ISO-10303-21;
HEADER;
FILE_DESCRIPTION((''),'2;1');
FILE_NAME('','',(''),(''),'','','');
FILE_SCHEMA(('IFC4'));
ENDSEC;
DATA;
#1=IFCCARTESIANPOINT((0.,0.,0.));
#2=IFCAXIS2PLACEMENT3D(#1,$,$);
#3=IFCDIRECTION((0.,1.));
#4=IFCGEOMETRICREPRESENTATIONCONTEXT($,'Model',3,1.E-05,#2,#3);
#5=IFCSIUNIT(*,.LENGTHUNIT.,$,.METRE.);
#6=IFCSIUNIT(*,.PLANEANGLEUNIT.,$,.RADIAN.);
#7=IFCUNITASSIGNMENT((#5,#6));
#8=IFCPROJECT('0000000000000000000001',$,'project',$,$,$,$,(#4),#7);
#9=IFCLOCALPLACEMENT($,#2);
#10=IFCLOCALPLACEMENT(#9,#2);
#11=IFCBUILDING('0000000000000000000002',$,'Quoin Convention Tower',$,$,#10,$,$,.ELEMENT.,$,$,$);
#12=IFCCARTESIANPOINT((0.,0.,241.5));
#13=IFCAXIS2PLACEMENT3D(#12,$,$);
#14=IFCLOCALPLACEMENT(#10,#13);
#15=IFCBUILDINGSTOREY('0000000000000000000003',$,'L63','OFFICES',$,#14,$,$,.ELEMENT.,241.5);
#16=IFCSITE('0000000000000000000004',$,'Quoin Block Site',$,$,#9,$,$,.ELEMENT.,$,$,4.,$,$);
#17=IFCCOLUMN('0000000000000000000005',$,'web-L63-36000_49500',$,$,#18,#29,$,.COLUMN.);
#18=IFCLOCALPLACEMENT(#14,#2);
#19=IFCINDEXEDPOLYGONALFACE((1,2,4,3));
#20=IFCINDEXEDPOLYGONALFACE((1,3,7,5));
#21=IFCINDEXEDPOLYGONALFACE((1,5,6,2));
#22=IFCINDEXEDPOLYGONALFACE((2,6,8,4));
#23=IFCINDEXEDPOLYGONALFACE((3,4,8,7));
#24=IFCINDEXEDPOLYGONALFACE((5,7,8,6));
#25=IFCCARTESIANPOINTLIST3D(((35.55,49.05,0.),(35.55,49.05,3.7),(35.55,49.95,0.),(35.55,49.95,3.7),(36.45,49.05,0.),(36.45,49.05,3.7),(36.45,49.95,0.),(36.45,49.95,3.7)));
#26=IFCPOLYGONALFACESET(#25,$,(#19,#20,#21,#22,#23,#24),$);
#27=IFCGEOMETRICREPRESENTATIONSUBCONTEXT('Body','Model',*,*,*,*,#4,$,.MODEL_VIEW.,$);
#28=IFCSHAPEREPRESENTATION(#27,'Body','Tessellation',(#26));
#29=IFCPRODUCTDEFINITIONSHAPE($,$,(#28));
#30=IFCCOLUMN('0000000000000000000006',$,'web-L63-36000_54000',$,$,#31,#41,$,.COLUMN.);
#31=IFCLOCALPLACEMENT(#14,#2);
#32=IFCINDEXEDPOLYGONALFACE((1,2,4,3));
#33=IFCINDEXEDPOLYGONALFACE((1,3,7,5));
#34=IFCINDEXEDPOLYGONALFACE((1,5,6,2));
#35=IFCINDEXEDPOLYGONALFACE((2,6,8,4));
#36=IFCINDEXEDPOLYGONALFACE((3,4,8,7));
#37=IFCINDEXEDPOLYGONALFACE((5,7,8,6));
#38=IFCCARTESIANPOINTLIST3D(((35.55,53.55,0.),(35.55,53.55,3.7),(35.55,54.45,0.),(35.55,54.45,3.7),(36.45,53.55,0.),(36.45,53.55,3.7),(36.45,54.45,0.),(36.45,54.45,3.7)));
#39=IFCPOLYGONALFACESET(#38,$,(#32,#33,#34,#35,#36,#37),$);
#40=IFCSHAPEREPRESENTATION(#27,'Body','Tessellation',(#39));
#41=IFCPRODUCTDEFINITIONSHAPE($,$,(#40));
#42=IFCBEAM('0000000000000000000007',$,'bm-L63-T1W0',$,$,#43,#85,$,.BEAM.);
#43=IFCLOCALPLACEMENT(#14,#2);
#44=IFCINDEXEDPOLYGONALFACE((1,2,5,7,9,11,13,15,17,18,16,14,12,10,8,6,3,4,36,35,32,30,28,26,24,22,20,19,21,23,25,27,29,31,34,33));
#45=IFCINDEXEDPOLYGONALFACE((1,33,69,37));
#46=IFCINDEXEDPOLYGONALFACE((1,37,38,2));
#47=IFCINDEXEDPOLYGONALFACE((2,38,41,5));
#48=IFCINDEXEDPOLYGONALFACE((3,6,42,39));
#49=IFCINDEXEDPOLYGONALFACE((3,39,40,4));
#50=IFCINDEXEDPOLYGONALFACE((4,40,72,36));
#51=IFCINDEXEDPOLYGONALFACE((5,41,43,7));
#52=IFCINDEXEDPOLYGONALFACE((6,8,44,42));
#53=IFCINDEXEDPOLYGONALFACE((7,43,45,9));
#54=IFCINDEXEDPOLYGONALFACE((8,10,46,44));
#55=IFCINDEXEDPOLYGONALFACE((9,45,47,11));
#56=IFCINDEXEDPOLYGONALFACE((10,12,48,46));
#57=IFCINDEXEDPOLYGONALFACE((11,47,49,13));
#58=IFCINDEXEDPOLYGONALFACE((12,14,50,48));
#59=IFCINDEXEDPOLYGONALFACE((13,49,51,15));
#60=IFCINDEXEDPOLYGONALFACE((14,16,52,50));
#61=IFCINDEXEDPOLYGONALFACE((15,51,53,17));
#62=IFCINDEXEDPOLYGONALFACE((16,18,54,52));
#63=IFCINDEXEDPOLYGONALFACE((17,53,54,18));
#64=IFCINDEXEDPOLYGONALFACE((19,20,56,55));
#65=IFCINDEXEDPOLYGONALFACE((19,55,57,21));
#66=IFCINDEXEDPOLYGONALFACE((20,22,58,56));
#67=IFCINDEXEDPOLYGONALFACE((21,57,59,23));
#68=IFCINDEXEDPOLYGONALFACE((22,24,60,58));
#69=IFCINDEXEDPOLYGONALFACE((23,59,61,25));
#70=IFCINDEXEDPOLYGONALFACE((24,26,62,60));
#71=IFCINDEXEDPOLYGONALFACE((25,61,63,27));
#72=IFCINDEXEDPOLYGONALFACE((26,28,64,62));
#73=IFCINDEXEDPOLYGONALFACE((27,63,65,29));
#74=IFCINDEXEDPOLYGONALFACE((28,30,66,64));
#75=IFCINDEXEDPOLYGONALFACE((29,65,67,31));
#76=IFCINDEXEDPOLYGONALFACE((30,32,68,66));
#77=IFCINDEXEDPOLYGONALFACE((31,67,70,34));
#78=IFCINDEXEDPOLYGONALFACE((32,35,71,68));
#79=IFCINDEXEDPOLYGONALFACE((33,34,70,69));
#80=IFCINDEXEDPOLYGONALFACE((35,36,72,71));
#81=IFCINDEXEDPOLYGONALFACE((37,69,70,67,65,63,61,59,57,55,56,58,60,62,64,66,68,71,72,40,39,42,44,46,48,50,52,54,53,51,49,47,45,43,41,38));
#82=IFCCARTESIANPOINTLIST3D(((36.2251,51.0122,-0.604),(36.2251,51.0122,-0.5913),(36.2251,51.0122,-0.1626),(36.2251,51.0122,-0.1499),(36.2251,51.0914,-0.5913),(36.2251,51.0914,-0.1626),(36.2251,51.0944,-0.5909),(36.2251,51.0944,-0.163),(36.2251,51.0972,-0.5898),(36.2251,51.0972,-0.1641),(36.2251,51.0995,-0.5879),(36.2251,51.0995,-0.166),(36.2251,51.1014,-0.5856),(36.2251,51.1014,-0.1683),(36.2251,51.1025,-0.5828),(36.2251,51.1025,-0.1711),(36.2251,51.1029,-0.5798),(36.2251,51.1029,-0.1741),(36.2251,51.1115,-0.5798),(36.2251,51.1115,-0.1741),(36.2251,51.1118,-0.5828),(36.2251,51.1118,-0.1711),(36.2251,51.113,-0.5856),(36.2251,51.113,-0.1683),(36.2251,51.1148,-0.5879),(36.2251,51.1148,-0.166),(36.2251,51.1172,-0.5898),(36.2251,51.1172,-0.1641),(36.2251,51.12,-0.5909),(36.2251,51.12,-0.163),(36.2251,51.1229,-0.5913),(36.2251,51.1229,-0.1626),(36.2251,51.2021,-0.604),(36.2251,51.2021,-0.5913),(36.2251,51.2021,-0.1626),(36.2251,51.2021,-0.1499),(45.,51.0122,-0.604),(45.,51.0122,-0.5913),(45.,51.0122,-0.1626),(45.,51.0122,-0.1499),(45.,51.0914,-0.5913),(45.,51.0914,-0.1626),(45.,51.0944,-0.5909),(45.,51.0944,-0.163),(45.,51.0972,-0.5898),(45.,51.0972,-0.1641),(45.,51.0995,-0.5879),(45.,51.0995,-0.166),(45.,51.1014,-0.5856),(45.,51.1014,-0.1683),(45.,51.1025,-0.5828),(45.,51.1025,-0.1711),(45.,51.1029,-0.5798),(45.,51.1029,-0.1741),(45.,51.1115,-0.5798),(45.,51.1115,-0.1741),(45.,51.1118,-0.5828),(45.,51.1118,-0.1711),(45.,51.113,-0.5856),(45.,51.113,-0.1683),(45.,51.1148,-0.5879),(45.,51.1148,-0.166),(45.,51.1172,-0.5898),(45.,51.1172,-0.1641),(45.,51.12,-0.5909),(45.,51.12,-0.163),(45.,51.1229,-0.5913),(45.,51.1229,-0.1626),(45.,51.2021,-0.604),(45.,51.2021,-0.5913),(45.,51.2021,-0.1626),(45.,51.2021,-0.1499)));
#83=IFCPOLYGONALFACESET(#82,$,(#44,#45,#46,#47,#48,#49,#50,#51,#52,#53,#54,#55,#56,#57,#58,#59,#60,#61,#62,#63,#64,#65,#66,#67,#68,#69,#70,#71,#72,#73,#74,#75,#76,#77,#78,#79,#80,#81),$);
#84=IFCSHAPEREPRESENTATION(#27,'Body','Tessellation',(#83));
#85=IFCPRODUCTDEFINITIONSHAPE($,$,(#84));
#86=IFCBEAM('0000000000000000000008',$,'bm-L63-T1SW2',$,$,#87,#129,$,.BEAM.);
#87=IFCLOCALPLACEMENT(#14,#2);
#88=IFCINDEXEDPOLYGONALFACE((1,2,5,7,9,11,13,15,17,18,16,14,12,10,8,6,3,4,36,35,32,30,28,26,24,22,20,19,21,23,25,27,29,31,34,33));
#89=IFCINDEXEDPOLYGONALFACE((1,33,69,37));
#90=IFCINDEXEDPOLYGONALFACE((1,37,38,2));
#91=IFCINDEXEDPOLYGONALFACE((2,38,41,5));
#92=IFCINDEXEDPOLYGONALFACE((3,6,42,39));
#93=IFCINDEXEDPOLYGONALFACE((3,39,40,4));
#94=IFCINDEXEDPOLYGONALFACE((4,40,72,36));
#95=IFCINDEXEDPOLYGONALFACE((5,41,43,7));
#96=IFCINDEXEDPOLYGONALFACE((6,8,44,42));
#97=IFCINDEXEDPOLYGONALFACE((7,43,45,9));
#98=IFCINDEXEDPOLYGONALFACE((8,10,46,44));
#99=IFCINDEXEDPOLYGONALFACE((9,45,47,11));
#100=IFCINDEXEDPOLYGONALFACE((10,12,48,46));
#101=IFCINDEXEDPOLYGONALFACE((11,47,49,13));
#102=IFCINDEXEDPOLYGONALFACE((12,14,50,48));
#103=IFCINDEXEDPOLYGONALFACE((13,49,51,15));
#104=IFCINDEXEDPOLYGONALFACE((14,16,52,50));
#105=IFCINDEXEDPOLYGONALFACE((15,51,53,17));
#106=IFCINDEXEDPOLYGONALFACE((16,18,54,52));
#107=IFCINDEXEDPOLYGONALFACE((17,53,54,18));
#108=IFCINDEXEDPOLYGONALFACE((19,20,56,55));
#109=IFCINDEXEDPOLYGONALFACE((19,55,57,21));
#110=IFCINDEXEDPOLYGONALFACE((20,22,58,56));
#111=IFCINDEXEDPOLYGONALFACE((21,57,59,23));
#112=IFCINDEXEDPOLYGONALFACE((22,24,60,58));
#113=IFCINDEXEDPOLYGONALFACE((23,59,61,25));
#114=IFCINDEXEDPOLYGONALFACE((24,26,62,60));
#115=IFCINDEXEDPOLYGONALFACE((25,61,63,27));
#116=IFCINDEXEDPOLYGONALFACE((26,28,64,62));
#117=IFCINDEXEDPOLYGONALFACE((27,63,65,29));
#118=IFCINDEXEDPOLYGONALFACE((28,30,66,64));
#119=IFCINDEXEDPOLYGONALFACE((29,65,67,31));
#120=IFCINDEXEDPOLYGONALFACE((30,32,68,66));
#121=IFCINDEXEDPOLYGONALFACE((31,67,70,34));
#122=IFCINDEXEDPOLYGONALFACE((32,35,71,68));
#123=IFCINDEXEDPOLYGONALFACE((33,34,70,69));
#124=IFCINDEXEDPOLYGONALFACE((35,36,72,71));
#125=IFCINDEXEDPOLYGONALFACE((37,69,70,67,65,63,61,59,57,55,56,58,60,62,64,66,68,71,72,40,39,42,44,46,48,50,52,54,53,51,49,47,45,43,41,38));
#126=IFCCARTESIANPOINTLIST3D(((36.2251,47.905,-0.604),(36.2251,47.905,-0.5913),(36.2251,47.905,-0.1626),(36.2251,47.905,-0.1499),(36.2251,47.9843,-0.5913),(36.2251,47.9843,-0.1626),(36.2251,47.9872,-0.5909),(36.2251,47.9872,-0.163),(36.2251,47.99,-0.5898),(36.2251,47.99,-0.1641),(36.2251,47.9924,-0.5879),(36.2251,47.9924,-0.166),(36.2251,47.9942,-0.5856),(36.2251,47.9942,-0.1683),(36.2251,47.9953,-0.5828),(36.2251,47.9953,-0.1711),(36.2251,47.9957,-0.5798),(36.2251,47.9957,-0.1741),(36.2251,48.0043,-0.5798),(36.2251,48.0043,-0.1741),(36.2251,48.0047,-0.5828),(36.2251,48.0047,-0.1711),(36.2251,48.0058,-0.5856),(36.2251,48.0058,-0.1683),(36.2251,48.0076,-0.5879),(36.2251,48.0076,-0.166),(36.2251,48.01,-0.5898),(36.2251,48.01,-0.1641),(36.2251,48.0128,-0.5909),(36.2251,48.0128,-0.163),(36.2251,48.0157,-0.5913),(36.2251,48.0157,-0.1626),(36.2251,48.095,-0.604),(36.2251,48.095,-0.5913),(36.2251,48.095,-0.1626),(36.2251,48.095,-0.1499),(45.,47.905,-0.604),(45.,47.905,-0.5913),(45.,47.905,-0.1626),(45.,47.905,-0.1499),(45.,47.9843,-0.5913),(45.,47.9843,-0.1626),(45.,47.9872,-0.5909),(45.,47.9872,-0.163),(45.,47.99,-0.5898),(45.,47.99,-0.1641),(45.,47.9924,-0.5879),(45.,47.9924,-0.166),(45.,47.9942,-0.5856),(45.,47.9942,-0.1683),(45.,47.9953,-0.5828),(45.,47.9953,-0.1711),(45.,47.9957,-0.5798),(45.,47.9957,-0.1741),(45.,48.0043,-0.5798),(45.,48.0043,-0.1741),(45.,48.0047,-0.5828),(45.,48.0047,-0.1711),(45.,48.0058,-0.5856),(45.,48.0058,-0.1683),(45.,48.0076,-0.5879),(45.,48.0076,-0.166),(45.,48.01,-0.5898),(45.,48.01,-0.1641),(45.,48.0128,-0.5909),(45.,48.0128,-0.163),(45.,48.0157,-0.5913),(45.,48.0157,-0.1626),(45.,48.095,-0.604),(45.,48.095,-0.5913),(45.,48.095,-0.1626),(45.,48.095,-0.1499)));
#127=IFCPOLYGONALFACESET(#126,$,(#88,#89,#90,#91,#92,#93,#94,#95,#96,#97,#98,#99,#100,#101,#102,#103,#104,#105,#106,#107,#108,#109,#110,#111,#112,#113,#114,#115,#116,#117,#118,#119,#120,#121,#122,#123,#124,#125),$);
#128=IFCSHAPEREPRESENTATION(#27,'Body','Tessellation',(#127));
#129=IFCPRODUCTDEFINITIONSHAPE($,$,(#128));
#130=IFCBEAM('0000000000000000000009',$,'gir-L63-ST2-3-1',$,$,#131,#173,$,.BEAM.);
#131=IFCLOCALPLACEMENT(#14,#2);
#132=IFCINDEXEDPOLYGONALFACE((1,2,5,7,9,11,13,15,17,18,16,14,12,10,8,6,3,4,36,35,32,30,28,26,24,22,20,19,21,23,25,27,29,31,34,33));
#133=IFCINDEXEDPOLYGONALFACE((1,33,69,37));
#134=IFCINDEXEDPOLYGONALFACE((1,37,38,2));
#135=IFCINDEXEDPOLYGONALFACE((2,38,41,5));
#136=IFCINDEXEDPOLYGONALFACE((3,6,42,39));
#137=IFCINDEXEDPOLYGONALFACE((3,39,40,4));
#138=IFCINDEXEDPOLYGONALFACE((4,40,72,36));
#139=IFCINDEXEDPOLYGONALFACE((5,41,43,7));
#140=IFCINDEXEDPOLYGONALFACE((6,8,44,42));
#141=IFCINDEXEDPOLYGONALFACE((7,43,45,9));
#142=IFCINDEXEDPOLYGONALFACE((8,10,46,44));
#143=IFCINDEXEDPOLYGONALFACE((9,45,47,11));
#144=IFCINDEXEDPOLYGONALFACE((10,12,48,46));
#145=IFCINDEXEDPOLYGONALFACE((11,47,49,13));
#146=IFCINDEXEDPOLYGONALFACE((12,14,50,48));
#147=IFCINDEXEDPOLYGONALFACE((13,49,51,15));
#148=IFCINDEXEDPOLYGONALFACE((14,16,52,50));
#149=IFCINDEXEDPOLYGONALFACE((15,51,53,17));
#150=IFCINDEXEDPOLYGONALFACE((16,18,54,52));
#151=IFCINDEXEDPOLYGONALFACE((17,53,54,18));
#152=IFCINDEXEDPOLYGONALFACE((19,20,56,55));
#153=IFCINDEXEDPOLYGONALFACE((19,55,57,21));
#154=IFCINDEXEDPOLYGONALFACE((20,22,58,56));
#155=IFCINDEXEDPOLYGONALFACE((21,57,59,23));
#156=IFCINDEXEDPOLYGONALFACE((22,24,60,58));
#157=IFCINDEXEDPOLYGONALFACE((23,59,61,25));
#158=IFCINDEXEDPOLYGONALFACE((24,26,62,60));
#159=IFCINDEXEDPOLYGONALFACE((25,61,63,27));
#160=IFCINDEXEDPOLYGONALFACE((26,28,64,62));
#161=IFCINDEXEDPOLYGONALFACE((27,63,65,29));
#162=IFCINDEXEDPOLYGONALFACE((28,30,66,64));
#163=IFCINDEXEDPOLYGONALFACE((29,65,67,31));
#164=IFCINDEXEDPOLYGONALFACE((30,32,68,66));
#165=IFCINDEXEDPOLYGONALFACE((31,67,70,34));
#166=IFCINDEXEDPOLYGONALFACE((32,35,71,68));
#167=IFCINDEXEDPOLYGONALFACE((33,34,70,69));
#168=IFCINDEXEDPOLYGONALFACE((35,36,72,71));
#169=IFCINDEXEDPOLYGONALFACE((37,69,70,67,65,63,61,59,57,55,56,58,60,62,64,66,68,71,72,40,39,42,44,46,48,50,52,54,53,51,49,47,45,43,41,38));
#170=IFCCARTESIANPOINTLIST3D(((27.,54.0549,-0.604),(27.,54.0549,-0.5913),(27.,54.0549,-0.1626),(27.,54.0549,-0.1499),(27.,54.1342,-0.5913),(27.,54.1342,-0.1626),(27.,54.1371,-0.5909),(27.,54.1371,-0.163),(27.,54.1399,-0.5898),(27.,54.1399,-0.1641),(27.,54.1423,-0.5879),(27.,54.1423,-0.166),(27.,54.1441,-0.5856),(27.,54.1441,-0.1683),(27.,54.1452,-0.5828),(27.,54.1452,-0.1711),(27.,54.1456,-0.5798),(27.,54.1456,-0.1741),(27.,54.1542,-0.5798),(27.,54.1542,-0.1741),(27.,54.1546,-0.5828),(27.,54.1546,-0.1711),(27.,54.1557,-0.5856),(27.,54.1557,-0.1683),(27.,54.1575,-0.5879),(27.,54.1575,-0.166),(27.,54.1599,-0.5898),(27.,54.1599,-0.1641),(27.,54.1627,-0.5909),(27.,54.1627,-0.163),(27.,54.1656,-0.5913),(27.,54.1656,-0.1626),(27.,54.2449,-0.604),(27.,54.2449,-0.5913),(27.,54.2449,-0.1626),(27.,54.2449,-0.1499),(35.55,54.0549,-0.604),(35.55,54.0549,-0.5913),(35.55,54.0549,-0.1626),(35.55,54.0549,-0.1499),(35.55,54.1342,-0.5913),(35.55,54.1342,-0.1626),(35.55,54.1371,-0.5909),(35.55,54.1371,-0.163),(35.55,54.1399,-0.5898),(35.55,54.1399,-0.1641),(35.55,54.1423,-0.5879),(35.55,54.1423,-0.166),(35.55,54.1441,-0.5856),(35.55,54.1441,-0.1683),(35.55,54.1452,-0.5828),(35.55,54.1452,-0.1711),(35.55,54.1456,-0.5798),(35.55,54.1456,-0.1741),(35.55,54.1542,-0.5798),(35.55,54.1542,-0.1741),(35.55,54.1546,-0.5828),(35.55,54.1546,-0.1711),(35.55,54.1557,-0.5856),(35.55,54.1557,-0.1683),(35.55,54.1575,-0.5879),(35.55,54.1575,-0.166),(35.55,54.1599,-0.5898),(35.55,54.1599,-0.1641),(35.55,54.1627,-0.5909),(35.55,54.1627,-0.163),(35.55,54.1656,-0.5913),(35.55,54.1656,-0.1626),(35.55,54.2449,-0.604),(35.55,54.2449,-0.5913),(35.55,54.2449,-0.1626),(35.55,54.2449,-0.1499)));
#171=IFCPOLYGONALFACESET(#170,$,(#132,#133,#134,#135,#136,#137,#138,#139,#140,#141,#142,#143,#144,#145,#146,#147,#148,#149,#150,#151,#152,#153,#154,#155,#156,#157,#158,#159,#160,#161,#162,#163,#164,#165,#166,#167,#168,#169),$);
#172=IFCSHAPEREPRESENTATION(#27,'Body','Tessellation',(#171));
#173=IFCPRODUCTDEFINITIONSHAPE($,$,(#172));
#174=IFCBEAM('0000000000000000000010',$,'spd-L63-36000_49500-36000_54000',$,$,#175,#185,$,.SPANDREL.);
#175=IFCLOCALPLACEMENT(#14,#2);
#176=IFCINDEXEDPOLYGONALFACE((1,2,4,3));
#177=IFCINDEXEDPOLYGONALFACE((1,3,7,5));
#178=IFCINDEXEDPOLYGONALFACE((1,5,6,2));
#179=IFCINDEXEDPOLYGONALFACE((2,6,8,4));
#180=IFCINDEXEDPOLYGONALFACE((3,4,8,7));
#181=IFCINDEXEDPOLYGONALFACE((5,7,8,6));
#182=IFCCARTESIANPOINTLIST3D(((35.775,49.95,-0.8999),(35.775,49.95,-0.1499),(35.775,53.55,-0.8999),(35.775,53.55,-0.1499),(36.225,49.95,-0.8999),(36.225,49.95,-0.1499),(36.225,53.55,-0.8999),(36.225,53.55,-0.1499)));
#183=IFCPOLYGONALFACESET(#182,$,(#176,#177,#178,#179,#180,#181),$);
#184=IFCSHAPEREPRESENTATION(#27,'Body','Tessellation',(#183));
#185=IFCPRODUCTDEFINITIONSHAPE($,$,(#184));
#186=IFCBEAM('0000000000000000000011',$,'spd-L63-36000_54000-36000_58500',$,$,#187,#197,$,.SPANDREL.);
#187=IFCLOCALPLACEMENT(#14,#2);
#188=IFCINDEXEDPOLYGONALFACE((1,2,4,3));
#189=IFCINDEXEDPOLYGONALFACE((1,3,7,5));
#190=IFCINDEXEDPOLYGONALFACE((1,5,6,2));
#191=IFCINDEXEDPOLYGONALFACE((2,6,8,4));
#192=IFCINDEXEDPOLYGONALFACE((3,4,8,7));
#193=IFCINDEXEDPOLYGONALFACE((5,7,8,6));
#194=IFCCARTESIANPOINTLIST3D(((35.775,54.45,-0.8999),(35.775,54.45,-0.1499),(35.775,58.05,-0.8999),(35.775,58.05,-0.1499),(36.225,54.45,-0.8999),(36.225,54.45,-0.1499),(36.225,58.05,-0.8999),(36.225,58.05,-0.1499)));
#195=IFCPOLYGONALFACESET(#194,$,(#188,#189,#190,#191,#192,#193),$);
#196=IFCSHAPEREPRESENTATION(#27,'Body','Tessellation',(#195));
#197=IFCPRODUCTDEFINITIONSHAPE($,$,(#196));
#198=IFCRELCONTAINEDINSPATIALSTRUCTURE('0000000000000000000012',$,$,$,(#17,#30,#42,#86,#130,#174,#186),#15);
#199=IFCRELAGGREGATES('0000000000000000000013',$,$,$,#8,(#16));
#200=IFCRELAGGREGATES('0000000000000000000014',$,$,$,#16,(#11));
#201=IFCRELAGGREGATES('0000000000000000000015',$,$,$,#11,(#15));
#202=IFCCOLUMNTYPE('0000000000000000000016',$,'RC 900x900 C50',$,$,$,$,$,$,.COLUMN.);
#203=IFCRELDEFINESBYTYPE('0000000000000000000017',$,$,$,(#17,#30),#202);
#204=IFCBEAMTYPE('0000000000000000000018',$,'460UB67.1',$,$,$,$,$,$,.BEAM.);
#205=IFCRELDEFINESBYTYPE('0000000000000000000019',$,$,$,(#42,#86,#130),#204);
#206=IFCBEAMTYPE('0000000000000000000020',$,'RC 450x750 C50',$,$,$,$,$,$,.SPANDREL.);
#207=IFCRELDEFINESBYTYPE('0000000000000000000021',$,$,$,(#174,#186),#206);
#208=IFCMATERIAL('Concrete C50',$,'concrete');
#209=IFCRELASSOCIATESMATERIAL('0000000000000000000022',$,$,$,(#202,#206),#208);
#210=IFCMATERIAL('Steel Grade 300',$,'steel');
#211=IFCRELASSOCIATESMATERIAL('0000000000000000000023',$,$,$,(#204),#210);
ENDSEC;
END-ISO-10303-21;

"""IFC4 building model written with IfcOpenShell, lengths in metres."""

from ifc_helpers import new_model, si_unit, direction, frame, origin, origin_2d, place, context, subcontext, project, spatial, rectangle, i_section, extrude, material, material_profile, profile_set, type_object, element, save


model = new_model("IFC4")

# Units and contexts
model_context = context("Model", 3, precision=1e-05, world=origin(), true_north=direction((0.0, 1.0)))
body_context = subcontext(model_context, "Body", "Model", "MODEL_VIEW")
ifc_project = project(units=[si_unit("LENGTHUNIT", "METRE"), si_unit("PLANEANGLEUNIT", "RADIAN")], contexts=[model_context])

# Site, building, storey
site_placement = place(None, origin())
site = spatial("IfcSite", under=ifc_project, at=site_placement, Name="Quoin Block Site", CompositionType="ELEMENT", RefElevation=4.0)
building_placement = place(site_placement, origin())
building = spatial("IfcBuilding", under=site, at=building_placement, Name="Quoin Convention Tower", CompositionType="ELEMENT")
storey_placement = place(building_placement, frame((0.0, 0.0, 241.5)))
storey = spatial("IfcBuildingStorey", under=building, at=storey_placement, Name="L63", Description="OFFICES", CompositionType="ELEMENT", Elevation=241.5)

# Columns
ifc_material_1 = material(Name="Concrete C50", Category="concrete")
ifc_material_profile_1 = material_profile(ifc_material_1, rectangle(XDim=0.8999, YDim=0.8999, at=origin_2d()), Name="RC 900x900")
ifc_profile_set_1 = profile_set([ifc_material_profile_1], Name="Concrete C50")
column_type = type_object("IfcColumnType", Name="RC 900x900 C50", PredefinedType="COLUMN", material=ifc_profile_set_1)
for number, where, z_axis, x_axis, name in (
    (1, (36.0, 49.5, 0.0), (0.0, 0.0, 1.0), (1.0, 0.0, 0.0), "web-L63-36000_49500"),
    (2, (36.0, 54.0, 0.0), (0.0, 0.0, 1.0), (1.0, 0.0, 0.0), "web-L63-36000_54000"),
):
    element("IfcColumn", number, at=place(storey_placement, frame(where, z_axis=z_axis, x_axis=x_axis)), inside=storey, type_object=column_type, Name=name, PredefinedType="COLUMN", context=body_context, shape_type="SweptSolid", body=[
        extrude(rectangle(XDim=0.8999, YDim=0.8999, at=origin_2d()), origin(), (0.0, 0.0, 1.0), 3.7),
    ])

# Beams
ifc_material_2 = material(Name="Steel Grade 300", Category="steel")
ifc_material_profile_2 = material_profile(ifc_material_2, i_section(OverallWidth=0.1899, OverallDepth=0.4541, WebThickness=0.0085, FlangeThickness=0.0127, FilletRadius=0.0115, at=origin_2d()), Name="460UB67.1")
ifc_profile_set_2 = profile_set([ifc_material_profile_2], Name="Steel Grade 300")
beam_type_1 = type_object("IfcBeamType", Name="460UB67.1", PredefinedType="BEAM", material=ifc_profile_set_2)
for number, where, z_axis, x_axis, name in (
    (3, (36.2251, 51.1072, -0.377), (1.0, 0.0, 0.0), (0.0, 1.0, 0.0), "bm-L63-T1W0"),
    (4, (36.2251, 48.0, -0.377), (1.0, 0.0, 0.0), (0.0, 1.0, 0.0), "bm-L63-T1SW2"),
):
    element("IfcBeam", number, at=place(storey_placement, frame(where, z_axis=z_axis, x_axis=x_axis)), inside=storey, type_object=beam_type_1, Name=name, PredefinedType="BEAM", context=body_context, shape_type="SweptSolid", body=[
        extrude(i_section(OverallWidth=0.1899, OverallDepth=0.4541, WebThickness=0.0085, FlangeThickness=0.0127, FilletRadius=0.0115, at=origin_2d()), origin(), (0.0, 0.0, 1.0), 8.7749),
    ])
beam_placement = place(storey_placement, frame((27.0, 54.1499, -0.377), z_axis=(1.0, 0.0, 0.0), x_axis=(0.0, 1.0, 0.0)))
element("IfcBeam", 5, at=beam_placement, inside=storey, type_object=beam_type_1, Name="gir-L63-ST2-3-1", PredefinedType="BEAM", context=body_context, shape_type="SweptSolid", body=[
    extrude(i_section(OverallWidth=0.1899, OverallDepth=0.4541, WebThickness=0.0085, FlangeThickness=0.0127, FilletRadius=0.0115, at=origin_2d()), origin(), (0.0, 0.0, 1.0), 8.55),
])
ifc_material_profile_3 = material_profile(ifc_material_1, rectangle(XDim=0.45, YDim=0.75, at=origin_2d()), Name="RC 450x750")
ifc_profile_set_3 = profile_set([ifc_material_profile_3], Name="Concrete C50")
beam_type_2 = type_object("IfcBeamType", Name="RC 450x750 C50", PredefinedType="SPANDREL", material=ifc_profile_set_3)
for number, where, z_axis, x_axis, name in (
    (6, (36.0, 49.95, -0.5249), (0.0, 1.0, 0.0), (-1.0, 0.0, 0.0), "spd-L63-36000_49500-36000_54000"),
    (7, (36.0, 54.45, -0.5249), (0.0, 1.0, 0.0), (-1.0, 0.0, 0.0), "spd-L63-36000_54000-36000_58500"),
):
    element("IfcBeam", number, at=place(storey_placement, frame(where, z_axis=z_axis, x_axis=x_axis)), inside=storey, type_object=beam_type_2, Name=name, PredefinedType="SPANDREL", context=body_context, shape_type="SweptSolid", body=[
        extrude(rectangle(XDim=0.45, YDim=0.75, at=origin_2d()), origin(), (0.0, 0.0, 1.0), 3.6001),
    ])

save(model, "model.ifc")
